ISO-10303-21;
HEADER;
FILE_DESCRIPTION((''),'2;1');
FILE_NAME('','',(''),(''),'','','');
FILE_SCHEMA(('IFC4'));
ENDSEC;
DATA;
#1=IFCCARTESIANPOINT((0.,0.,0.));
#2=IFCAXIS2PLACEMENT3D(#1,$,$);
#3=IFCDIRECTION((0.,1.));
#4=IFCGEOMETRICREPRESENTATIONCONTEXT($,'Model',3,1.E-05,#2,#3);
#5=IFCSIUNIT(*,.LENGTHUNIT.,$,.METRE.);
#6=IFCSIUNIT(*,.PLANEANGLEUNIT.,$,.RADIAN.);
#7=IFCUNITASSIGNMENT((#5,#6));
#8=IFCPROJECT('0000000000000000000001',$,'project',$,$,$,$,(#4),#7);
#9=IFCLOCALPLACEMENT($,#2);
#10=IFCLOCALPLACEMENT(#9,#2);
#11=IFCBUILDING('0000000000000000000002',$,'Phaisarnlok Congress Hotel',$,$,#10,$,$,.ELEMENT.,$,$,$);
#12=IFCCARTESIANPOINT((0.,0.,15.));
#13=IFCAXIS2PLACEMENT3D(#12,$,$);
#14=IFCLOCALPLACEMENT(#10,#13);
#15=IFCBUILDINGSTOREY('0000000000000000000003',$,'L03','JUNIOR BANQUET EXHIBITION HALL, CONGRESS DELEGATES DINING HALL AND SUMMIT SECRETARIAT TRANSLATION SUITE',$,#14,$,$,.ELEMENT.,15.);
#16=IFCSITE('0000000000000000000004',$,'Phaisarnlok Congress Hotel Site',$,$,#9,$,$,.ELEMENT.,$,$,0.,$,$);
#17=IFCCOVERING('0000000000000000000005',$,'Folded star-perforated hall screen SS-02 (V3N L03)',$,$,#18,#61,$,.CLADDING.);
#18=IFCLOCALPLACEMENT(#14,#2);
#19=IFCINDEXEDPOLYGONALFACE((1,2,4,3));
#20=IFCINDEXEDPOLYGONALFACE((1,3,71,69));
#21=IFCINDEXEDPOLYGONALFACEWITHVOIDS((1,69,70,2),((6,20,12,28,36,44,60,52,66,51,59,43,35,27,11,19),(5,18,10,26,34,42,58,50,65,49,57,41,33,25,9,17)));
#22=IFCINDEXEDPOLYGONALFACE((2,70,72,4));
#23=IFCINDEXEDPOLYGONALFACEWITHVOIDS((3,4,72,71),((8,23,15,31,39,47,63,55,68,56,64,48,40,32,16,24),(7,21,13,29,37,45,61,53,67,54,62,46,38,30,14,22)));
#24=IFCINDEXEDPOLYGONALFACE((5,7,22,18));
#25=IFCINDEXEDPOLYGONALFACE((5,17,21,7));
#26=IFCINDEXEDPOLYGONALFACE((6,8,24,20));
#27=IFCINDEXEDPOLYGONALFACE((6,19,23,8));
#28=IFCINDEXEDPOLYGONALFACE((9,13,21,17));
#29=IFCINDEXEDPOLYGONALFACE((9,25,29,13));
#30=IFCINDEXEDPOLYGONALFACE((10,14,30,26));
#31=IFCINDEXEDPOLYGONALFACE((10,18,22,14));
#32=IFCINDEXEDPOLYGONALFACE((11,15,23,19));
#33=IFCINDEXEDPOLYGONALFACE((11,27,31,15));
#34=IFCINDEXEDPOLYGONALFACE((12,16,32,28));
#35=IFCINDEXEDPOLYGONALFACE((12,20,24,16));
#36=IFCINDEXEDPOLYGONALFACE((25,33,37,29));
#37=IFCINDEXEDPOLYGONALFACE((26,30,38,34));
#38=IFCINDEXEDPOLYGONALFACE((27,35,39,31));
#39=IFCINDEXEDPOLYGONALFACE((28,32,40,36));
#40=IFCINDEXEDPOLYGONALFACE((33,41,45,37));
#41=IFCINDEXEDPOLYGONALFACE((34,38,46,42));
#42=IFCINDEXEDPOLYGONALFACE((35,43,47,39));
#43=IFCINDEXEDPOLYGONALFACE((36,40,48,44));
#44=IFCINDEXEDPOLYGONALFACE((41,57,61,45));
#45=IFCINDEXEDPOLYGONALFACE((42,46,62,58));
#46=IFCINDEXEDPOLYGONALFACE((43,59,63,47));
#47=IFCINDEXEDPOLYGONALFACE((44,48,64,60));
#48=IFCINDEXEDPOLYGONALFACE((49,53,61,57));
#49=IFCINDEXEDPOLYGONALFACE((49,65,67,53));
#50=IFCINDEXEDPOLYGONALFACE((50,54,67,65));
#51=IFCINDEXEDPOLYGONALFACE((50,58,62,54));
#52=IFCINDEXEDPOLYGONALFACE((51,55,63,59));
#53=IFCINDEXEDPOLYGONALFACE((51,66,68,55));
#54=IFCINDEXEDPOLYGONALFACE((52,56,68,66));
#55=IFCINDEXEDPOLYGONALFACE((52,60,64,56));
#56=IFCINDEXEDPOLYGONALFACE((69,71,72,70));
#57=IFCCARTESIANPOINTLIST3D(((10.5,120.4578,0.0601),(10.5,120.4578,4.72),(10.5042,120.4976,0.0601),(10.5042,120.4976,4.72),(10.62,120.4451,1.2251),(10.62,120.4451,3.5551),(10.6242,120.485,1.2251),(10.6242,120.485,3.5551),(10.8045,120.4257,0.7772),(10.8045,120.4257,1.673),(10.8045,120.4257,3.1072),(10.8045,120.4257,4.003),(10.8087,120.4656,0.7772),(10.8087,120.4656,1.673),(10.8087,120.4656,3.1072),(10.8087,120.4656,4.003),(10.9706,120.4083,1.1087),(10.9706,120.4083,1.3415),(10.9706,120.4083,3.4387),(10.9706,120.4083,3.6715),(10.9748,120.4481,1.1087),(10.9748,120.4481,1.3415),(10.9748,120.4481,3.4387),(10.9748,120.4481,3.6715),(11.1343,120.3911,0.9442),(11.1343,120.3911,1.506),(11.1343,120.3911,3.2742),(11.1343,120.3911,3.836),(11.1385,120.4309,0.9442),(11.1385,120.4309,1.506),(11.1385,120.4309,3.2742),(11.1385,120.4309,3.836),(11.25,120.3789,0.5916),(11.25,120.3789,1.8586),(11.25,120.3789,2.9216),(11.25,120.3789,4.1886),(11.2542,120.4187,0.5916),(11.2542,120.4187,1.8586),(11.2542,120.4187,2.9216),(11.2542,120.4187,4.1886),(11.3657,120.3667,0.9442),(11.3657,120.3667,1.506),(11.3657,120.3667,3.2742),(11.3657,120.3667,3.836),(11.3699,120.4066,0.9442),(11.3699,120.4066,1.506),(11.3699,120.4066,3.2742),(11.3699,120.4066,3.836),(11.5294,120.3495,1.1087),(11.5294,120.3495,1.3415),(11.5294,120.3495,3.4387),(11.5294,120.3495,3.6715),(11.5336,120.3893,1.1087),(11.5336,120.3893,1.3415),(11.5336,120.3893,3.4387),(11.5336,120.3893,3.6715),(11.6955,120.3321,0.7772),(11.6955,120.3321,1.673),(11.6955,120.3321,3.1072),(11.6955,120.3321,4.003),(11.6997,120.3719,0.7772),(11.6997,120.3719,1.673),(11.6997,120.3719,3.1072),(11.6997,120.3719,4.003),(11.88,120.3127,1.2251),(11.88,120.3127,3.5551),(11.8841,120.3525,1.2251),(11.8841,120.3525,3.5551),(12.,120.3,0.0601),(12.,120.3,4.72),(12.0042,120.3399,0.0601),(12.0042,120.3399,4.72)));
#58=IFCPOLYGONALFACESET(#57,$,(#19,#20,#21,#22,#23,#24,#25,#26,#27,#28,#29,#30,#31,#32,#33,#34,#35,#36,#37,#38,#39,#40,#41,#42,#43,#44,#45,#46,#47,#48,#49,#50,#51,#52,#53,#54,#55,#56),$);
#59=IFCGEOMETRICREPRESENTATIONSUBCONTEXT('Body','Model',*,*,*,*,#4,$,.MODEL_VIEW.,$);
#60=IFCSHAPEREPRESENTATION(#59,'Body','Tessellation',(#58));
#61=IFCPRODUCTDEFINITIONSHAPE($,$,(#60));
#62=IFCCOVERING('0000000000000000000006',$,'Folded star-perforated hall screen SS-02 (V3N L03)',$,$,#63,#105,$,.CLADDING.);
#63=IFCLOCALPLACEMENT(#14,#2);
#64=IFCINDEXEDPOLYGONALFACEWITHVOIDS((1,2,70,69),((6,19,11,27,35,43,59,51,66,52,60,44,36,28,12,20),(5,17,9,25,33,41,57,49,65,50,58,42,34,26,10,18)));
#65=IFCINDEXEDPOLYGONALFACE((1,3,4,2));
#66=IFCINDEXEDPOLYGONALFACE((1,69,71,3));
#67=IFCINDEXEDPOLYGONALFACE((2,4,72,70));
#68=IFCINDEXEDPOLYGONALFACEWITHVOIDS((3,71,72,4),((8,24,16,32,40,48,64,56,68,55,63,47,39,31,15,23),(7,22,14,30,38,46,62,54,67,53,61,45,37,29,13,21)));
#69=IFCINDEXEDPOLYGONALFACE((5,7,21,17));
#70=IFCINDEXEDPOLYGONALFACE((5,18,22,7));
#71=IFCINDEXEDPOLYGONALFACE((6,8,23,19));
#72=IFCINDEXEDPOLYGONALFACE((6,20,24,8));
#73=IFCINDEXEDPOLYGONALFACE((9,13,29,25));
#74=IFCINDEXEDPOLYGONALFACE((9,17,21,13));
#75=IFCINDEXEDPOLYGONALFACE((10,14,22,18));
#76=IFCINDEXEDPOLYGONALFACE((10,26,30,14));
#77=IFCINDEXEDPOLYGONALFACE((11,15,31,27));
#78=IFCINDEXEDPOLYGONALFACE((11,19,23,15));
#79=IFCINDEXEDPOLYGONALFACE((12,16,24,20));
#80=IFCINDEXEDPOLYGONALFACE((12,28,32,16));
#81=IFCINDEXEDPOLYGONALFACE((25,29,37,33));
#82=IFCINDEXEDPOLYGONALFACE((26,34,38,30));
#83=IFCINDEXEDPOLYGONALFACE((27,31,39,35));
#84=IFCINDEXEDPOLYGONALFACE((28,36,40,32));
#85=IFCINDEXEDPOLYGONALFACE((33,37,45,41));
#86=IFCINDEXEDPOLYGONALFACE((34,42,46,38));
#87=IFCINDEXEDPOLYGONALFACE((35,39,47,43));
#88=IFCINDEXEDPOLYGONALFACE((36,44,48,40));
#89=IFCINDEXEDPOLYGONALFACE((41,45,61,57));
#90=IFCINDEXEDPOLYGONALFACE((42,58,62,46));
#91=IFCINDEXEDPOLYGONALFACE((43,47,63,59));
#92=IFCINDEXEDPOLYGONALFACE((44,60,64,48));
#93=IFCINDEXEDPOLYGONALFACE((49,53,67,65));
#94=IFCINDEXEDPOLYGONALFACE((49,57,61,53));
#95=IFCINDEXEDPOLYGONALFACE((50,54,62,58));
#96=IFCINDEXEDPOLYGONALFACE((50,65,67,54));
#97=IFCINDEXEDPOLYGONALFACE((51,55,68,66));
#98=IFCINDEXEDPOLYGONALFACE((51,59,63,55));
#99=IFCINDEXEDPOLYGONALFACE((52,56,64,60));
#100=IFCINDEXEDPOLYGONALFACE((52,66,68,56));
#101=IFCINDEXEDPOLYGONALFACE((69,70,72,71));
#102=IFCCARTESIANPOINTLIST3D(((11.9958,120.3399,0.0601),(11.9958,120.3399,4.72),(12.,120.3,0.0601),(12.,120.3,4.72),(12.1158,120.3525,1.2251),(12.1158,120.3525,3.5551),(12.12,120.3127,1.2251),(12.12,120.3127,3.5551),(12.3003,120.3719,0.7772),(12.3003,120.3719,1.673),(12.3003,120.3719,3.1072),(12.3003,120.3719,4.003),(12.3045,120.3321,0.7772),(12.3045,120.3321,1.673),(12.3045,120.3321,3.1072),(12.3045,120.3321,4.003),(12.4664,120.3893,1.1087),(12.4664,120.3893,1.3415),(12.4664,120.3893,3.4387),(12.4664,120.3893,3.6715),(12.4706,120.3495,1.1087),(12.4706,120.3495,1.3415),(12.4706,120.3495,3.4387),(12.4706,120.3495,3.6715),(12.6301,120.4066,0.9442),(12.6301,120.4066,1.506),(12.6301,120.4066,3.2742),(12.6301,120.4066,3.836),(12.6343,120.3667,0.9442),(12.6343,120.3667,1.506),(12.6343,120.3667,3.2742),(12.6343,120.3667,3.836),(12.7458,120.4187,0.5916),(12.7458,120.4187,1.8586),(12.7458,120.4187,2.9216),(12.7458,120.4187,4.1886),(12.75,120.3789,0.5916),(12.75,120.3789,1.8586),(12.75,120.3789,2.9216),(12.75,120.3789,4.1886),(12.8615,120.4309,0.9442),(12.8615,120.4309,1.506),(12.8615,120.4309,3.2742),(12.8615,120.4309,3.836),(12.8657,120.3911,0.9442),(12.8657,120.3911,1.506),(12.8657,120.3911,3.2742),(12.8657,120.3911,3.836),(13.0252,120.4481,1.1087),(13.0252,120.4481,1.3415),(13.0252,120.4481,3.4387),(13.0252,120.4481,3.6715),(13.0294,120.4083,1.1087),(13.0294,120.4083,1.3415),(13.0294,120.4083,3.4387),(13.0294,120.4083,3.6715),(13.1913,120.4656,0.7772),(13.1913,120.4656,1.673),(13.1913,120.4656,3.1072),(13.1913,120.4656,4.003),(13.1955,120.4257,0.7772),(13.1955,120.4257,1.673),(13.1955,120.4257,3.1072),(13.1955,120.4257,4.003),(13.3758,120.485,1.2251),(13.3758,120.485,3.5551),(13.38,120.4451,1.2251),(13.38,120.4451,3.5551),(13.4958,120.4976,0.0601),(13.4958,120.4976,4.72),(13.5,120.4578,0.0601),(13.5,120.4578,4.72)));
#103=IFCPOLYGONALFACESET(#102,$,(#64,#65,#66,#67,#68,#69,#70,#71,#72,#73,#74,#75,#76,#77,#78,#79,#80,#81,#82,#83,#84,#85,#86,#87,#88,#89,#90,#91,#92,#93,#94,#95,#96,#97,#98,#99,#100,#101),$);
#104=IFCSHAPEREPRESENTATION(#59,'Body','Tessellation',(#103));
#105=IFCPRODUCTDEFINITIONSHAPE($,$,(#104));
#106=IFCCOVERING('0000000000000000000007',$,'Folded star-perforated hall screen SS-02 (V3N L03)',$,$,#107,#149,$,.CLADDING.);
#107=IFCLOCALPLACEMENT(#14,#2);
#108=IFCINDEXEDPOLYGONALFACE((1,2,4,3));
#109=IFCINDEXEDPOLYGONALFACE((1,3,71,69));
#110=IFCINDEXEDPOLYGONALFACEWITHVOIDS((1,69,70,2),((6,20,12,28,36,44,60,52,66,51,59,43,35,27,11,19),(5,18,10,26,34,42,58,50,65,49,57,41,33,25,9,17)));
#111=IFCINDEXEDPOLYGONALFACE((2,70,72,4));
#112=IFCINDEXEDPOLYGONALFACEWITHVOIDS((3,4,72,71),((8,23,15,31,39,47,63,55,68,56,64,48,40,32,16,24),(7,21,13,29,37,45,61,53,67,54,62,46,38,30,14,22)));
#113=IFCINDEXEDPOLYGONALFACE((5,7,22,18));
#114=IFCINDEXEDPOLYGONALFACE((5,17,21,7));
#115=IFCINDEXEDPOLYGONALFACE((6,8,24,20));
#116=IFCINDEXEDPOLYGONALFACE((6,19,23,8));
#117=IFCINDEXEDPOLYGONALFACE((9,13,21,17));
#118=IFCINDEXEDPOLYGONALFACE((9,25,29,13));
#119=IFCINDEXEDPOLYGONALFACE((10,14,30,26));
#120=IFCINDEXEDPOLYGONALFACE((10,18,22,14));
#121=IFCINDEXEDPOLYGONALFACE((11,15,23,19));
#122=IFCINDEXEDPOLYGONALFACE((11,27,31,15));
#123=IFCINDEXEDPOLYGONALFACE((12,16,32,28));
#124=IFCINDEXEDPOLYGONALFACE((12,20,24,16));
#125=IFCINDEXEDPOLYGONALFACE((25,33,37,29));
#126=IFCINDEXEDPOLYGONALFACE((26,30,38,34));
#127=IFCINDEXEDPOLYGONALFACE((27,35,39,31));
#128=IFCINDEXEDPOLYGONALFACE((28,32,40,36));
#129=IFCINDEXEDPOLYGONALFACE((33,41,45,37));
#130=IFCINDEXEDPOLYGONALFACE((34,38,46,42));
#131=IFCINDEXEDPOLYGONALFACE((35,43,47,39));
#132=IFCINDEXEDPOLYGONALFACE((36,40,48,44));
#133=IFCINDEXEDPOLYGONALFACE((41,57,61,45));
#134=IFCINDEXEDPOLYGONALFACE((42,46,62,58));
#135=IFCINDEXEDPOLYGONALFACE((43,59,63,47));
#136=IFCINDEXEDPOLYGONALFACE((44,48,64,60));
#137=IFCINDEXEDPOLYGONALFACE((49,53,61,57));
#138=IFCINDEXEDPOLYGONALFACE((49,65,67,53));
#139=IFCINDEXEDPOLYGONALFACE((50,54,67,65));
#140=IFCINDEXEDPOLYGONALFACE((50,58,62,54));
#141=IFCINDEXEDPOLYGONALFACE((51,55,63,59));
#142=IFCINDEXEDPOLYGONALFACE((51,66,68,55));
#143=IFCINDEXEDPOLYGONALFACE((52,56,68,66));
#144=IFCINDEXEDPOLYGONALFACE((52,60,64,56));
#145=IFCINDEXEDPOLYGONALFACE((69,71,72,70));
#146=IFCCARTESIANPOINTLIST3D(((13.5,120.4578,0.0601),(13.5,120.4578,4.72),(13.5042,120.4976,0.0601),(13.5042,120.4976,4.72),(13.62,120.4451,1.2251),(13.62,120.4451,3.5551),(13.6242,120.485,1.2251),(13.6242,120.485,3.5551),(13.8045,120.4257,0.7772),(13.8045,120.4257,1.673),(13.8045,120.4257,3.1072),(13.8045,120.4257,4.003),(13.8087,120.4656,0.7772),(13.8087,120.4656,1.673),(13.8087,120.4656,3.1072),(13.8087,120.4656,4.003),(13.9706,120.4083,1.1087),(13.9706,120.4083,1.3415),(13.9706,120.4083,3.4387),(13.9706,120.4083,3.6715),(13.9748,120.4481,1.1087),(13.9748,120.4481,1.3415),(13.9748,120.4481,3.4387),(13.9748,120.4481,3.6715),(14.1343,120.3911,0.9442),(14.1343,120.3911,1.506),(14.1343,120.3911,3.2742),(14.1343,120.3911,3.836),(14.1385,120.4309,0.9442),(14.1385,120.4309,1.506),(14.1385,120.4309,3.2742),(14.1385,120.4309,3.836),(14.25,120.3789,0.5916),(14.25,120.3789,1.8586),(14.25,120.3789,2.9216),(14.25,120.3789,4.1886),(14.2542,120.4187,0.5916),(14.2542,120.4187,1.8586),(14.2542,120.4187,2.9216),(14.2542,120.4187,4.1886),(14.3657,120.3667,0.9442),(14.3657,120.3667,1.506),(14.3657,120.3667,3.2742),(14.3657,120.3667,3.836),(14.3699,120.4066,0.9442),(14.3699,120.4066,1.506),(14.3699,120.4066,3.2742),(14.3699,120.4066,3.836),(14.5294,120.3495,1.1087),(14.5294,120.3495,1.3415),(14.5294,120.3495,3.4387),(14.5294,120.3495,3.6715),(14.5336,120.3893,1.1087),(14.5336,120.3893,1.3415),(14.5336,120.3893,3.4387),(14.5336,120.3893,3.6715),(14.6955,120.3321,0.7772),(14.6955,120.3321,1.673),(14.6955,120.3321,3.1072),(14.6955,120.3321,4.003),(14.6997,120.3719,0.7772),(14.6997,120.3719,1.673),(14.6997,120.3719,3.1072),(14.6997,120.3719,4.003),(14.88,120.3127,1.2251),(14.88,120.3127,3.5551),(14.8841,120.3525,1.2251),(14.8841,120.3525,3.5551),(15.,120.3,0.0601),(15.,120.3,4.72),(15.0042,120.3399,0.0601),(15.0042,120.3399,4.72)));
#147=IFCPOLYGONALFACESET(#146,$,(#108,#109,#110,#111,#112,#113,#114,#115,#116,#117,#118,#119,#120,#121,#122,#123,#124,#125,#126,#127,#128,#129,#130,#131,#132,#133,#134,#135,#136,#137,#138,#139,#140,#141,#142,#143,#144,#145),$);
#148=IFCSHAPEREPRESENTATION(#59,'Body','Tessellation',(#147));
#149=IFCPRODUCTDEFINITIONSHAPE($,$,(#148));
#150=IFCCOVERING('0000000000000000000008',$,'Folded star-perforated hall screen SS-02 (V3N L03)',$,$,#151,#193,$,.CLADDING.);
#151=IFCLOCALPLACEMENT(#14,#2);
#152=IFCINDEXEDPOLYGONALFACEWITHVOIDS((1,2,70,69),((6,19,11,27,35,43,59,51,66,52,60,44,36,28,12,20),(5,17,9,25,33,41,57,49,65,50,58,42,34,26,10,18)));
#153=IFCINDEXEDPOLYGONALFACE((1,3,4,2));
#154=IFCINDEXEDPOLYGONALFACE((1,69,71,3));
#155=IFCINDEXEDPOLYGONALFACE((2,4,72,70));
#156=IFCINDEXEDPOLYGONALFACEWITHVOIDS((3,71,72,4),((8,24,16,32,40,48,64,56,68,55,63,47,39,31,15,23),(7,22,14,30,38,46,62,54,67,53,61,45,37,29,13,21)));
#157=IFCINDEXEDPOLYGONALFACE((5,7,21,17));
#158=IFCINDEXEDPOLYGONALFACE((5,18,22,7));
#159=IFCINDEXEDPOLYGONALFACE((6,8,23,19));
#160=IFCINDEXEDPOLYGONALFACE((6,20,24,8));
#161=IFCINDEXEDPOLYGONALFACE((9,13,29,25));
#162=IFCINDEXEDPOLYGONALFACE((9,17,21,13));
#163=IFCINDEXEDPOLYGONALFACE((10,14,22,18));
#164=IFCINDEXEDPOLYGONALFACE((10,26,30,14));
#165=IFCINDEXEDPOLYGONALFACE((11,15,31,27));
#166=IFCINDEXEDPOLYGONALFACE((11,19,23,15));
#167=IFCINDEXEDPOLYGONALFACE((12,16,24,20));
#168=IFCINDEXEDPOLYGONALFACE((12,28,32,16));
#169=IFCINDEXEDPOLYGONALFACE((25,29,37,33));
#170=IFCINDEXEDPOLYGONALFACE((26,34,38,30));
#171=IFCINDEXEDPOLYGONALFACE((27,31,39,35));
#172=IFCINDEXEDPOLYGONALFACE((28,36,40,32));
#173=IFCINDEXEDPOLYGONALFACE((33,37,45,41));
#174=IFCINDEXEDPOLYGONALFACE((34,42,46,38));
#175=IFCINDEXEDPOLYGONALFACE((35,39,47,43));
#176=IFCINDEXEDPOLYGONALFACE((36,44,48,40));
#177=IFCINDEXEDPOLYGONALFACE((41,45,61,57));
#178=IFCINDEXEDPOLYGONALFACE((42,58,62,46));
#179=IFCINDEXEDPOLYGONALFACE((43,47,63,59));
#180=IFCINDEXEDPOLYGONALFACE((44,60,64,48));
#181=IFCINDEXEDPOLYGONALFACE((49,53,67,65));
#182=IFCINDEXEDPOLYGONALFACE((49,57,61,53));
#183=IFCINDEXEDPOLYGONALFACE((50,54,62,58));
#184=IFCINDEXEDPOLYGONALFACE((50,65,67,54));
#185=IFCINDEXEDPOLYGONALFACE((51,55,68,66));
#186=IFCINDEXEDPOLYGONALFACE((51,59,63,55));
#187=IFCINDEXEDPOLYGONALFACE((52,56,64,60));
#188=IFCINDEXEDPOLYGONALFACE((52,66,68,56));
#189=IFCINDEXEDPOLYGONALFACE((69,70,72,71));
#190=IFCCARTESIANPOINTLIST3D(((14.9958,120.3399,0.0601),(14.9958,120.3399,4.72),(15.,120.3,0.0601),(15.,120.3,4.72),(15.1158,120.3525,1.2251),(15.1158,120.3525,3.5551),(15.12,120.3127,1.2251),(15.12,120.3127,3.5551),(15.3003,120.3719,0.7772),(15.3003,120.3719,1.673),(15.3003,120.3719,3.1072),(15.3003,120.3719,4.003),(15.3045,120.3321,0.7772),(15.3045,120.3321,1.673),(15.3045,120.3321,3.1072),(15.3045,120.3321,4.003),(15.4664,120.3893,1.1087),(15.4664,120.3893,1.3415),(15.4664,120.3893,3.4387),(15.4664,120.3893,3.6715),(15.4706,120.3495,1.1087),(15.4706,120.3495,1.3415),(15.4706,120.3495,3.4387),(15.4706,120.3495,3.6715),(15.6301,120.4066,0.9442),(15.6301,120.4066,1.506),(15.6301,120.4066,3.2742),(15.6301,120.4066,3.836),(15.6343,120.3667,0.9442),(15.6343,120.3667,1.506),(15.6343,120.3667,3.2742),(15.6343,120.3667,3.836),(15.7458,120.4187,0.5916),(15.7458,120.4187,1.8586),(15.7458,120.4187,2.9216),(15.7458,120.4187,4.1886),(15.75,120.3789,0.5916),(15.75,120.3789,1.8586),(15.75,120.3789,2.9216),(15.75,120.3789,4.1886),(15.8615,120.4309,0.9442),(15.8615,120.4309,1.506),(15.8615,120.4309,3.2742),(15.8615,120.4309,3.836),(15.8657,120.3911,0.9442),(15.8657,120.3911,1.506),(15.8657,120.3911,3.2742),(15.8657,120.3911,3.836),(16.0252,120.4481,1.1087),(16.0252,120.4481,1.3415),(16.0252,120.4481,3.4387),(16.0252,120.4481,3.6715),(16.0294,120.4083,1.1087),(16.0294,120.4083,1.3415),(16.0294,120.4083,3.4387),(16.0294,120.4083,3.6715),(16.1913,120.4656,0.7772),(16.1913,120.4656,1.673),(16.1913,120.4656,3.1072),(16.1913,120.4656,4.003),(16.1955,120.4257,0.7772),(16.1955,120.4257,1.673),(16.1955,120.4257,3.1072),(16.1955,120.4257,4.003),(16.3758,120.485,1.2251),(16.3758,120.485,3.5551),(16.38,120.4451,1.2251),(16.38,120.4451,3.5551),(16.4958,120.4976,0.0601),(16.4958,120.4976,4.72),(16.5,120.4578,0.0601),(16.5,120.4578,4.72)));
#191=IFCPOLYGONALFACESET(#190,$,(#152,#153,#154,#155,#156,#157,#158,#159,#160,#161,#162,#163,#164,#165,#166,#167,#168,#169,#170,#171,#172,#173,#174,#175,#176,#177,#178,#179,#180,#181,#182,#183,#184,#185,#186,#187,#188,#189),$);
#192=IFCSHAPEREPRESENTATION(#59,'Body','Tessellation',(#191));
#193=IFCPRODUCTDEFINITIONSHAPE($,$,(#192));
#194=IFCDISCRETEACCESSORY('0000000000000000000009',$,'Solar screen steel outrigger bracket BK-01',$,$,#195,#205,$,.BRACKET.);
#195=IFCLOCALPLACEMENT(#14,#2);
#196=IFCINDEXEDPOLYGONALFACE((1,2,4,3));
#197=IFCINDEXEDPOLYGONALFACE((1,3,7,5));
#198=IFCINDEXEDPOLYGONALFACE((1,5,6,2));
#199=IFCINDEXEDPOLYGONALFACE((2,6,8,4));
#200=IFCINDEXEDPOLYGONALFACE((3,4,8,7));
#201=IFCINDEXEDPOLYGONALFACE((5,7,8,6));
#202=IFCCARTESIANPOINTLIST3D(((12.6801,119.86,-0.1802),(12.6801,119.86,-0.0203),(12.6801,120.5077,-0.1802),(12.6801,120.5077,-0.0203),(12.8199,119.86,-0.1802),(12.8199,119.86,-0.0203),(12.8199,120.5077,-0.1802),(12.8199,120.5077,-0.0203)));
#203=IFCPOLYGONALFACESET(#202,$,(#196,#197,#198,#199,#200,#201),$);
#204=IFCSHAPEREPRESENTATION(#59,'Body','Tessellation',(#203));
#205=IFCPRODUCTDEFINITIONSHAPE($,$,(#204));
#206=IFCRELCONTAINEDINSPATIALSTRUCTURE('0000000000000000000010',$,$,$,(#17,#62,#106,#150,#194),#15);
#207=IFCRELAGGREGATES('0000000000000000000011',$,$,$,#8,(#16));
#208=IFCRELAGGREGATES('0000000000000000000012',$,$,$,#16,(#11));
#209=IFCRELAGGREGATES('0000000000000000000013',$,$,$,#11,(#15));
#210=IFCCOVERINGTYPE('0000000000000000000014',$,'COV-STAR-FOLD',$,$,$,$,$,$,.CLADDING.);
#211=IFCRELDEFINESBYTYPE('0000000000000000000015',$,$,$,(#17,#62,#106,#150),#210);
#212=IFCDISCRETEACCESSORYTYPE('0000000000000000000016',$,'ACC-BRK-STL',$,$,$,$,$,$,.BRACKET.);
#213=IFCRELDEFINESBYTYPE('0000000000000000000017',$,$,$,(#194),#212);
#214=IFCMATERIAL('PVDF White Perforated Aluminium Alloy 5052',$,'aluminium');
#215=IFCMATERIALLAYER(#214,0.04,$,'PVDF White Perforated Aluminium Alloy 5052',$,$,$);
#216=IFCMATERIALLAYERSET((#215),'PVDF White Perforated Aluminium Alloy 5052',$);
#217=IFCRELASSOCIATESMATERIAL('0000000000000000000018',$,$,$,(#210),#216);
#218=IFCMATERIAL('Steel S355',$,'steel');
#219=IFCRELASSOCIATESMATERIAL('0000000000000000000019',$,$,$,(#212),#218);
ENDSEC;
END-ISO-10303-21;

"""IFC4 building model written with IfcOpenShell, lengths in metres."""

from ifc_helpers import new_model, si_unit, direction, frame, origin, origin_2d, place, context, subcontext, project, spatial, polyline, rectangle, outline, extrude, material, layer, layer_set, type_object, element, save


model = new_model("IFC4")

# Units and contexts
model_context = context("Model", 3, precision=1e-05, world=origin(), true_north=direction((0.0, 1.0)))
body_context = subcontext(model_context, "Body", "Model", "MODEL_VIEW")
ifc_project = project(units=[si_unit("LENGTHUNIT", "METRE"), si_unit("PLANEANGLEUNIT", "RADIAN")], contexts=[model_context])

# Site, building, storey
site_placement = place(None, origin())
site = spatial("IfcSite", under=ifc_project, at=site_placement, Name="Phaisarnlok Congress Hotel Site", CompositionType="ELEMENT", RefElevation=0.0)
building_placement = place(site_placement, origin())
building = spatial("IfcBuilding", under=site, at=building_placement, Name="Phaisarnlok Congress Hotel", CompositionType="ELEMENT")
storey_placement = place(building_placement, frame((0.0, 0.0, 15.0)))
storey = spatial("IfcBuildingStorey", under=building, at=storey_placement, Name="L03", Description="JUNIOR BANQUET EXHIBITION HALL, CONGRESS DELEGATES DINING HALL AND SUMMIT SECRETARIAT TRANSLATION SUITE", CompositionType="ELEMENT", Elevation=15.0)

# Shared definitions
ifc_material_1 = material(Name="Steel S355", Category="steel")

# Coverings
ifc_material_2 = material(Name="PVDF White Perforated Aluminium Alloy 5052", Category="aluminium")
ifc_layer_1 = layer(ifc_material_2, 0.04, Name="PVDF White Perforated Aluminium Alloy 5052")
ifc_layer_set_1 = layer_set([ifc_layer_1], Name="PVDF White Perforated Aluminium Alloy 5052")
covering_type = type_object("IfcCoveringType", Name="COV-STAR-FOLD", PredefinedType="CLADDING", material=ifc_layer_set_1)
for number, where, z_axis, x_axis, name in (
    (1, (12.0, 120.3, 0.0601), (0.104567, 0.994518, 0.0), (-0.994518, 0.104567, 0.0), "Folded star-perforated hall screen SS-02 (V3N L03)"),
    (2, (13.5, 120.4578, 0.0601), (-0.104567, 0.994518, 0.0), (-0.994518, -0.104567, 0.0), "Folded star-perforated hall screen SS-02 (V3N L03)"),
    (3, (15.0, 120.3, 0.0601), (0.104567, 0.994518, 0.0), (-0.994518, 0.104567, 0.0), "Folded star-perforated hall screen SS-02 (V3N L03)"),
    (4, (16.5, 120.4578, 0.0601), (-0.104567, 0.994518, 0.0), (-0.994518, -0.104567, 0.0), "Folded star-perforated hall screen SS-02 (V3N L03)"),
):
    element("IfcCovering", number, at=place(storey_placement, frame(where, z_axis=z_axis, x_axis=x_axis)), inside=storey, type_object=covering_type, Name=name, PredefinedType="CLADDING", context=body_context, shape_type="SweptSolid", body=[
        extrude(outline(polyline([(0.0, 0.0), (1.5083, 0.0), (1.5083, 4.6599), (0.0, 4.6599), (0.0, 0.0)]), holes=[polyline([(1.0351, 1.0486), (1.2021, 0.7171), (0.8705, 0.8841), (0.7541, 0.5315), (0.6378, 0.8841), (0.3062, 0.7171), (0.4732, 1.0486), (0.1207, 1.165), (0.4732, 1.2814), (0.3062, 1.6129), (0.6378, 1.4459), (0.7541, 1.7985), (0.8705, 1.4459), (1.2021, 1.6129), (1.0351, 1.2814), (1.3876, 1.165), (1.0351, 1.0486)]), polyline([(1.0351, 3.3786), (1.2021, 3.0471), (0.8705, 3.2141), (0.7541, 2.8615), (0.6378, 3.2141), (0.3062, 3.0471), (0.4732, 3.3786), (0.1207, 3.495), (0.4732, 3.6114), (0.3062, 3.9429), (0.6378, 3.7759), (0.7541, 4.1285), (0.8705, 3.7759), (1.2021, 3.9429), (1.0351, 3.6114), (1.3876, 3.495), (1.0351, 3.3786)])]), origin(), (0.0, 0.0, 1.0), 0.04),
    ])

# Discrete accessory
discrete_accessory_type = type_object("IfcDiscreteAccessoryType", Name="ACC-BRK-STL", PredefinedType="BRACKET", material=ifc_material_1)
for number, where, z_axis, x_axis, name in (
    (5, (12.75, 120.1838, -0.1802), (0.0, 0.0, 1.0), (1.0, 0.0, 0.0), "Solar screen steel outrigger bracket BK-01"),
):
    element("IfcDiscreteAccessory", number, at=place(storey_placement, frame(where, z_axis=z_axis, x_axis=x_axis)), inside=storey, type_object=discrete_accessory_type, Name=name, PredefinedType="BRACKET", context=body_context, shape_type="SweptSolid", body=[
        extrude(rectangle(XDim=0.1399, YDim=0.6477, at=origin_2d()), origin(), (0.0, 0.0, 1.0), 0.1599),
    ])

save(model, "model.ifc")
